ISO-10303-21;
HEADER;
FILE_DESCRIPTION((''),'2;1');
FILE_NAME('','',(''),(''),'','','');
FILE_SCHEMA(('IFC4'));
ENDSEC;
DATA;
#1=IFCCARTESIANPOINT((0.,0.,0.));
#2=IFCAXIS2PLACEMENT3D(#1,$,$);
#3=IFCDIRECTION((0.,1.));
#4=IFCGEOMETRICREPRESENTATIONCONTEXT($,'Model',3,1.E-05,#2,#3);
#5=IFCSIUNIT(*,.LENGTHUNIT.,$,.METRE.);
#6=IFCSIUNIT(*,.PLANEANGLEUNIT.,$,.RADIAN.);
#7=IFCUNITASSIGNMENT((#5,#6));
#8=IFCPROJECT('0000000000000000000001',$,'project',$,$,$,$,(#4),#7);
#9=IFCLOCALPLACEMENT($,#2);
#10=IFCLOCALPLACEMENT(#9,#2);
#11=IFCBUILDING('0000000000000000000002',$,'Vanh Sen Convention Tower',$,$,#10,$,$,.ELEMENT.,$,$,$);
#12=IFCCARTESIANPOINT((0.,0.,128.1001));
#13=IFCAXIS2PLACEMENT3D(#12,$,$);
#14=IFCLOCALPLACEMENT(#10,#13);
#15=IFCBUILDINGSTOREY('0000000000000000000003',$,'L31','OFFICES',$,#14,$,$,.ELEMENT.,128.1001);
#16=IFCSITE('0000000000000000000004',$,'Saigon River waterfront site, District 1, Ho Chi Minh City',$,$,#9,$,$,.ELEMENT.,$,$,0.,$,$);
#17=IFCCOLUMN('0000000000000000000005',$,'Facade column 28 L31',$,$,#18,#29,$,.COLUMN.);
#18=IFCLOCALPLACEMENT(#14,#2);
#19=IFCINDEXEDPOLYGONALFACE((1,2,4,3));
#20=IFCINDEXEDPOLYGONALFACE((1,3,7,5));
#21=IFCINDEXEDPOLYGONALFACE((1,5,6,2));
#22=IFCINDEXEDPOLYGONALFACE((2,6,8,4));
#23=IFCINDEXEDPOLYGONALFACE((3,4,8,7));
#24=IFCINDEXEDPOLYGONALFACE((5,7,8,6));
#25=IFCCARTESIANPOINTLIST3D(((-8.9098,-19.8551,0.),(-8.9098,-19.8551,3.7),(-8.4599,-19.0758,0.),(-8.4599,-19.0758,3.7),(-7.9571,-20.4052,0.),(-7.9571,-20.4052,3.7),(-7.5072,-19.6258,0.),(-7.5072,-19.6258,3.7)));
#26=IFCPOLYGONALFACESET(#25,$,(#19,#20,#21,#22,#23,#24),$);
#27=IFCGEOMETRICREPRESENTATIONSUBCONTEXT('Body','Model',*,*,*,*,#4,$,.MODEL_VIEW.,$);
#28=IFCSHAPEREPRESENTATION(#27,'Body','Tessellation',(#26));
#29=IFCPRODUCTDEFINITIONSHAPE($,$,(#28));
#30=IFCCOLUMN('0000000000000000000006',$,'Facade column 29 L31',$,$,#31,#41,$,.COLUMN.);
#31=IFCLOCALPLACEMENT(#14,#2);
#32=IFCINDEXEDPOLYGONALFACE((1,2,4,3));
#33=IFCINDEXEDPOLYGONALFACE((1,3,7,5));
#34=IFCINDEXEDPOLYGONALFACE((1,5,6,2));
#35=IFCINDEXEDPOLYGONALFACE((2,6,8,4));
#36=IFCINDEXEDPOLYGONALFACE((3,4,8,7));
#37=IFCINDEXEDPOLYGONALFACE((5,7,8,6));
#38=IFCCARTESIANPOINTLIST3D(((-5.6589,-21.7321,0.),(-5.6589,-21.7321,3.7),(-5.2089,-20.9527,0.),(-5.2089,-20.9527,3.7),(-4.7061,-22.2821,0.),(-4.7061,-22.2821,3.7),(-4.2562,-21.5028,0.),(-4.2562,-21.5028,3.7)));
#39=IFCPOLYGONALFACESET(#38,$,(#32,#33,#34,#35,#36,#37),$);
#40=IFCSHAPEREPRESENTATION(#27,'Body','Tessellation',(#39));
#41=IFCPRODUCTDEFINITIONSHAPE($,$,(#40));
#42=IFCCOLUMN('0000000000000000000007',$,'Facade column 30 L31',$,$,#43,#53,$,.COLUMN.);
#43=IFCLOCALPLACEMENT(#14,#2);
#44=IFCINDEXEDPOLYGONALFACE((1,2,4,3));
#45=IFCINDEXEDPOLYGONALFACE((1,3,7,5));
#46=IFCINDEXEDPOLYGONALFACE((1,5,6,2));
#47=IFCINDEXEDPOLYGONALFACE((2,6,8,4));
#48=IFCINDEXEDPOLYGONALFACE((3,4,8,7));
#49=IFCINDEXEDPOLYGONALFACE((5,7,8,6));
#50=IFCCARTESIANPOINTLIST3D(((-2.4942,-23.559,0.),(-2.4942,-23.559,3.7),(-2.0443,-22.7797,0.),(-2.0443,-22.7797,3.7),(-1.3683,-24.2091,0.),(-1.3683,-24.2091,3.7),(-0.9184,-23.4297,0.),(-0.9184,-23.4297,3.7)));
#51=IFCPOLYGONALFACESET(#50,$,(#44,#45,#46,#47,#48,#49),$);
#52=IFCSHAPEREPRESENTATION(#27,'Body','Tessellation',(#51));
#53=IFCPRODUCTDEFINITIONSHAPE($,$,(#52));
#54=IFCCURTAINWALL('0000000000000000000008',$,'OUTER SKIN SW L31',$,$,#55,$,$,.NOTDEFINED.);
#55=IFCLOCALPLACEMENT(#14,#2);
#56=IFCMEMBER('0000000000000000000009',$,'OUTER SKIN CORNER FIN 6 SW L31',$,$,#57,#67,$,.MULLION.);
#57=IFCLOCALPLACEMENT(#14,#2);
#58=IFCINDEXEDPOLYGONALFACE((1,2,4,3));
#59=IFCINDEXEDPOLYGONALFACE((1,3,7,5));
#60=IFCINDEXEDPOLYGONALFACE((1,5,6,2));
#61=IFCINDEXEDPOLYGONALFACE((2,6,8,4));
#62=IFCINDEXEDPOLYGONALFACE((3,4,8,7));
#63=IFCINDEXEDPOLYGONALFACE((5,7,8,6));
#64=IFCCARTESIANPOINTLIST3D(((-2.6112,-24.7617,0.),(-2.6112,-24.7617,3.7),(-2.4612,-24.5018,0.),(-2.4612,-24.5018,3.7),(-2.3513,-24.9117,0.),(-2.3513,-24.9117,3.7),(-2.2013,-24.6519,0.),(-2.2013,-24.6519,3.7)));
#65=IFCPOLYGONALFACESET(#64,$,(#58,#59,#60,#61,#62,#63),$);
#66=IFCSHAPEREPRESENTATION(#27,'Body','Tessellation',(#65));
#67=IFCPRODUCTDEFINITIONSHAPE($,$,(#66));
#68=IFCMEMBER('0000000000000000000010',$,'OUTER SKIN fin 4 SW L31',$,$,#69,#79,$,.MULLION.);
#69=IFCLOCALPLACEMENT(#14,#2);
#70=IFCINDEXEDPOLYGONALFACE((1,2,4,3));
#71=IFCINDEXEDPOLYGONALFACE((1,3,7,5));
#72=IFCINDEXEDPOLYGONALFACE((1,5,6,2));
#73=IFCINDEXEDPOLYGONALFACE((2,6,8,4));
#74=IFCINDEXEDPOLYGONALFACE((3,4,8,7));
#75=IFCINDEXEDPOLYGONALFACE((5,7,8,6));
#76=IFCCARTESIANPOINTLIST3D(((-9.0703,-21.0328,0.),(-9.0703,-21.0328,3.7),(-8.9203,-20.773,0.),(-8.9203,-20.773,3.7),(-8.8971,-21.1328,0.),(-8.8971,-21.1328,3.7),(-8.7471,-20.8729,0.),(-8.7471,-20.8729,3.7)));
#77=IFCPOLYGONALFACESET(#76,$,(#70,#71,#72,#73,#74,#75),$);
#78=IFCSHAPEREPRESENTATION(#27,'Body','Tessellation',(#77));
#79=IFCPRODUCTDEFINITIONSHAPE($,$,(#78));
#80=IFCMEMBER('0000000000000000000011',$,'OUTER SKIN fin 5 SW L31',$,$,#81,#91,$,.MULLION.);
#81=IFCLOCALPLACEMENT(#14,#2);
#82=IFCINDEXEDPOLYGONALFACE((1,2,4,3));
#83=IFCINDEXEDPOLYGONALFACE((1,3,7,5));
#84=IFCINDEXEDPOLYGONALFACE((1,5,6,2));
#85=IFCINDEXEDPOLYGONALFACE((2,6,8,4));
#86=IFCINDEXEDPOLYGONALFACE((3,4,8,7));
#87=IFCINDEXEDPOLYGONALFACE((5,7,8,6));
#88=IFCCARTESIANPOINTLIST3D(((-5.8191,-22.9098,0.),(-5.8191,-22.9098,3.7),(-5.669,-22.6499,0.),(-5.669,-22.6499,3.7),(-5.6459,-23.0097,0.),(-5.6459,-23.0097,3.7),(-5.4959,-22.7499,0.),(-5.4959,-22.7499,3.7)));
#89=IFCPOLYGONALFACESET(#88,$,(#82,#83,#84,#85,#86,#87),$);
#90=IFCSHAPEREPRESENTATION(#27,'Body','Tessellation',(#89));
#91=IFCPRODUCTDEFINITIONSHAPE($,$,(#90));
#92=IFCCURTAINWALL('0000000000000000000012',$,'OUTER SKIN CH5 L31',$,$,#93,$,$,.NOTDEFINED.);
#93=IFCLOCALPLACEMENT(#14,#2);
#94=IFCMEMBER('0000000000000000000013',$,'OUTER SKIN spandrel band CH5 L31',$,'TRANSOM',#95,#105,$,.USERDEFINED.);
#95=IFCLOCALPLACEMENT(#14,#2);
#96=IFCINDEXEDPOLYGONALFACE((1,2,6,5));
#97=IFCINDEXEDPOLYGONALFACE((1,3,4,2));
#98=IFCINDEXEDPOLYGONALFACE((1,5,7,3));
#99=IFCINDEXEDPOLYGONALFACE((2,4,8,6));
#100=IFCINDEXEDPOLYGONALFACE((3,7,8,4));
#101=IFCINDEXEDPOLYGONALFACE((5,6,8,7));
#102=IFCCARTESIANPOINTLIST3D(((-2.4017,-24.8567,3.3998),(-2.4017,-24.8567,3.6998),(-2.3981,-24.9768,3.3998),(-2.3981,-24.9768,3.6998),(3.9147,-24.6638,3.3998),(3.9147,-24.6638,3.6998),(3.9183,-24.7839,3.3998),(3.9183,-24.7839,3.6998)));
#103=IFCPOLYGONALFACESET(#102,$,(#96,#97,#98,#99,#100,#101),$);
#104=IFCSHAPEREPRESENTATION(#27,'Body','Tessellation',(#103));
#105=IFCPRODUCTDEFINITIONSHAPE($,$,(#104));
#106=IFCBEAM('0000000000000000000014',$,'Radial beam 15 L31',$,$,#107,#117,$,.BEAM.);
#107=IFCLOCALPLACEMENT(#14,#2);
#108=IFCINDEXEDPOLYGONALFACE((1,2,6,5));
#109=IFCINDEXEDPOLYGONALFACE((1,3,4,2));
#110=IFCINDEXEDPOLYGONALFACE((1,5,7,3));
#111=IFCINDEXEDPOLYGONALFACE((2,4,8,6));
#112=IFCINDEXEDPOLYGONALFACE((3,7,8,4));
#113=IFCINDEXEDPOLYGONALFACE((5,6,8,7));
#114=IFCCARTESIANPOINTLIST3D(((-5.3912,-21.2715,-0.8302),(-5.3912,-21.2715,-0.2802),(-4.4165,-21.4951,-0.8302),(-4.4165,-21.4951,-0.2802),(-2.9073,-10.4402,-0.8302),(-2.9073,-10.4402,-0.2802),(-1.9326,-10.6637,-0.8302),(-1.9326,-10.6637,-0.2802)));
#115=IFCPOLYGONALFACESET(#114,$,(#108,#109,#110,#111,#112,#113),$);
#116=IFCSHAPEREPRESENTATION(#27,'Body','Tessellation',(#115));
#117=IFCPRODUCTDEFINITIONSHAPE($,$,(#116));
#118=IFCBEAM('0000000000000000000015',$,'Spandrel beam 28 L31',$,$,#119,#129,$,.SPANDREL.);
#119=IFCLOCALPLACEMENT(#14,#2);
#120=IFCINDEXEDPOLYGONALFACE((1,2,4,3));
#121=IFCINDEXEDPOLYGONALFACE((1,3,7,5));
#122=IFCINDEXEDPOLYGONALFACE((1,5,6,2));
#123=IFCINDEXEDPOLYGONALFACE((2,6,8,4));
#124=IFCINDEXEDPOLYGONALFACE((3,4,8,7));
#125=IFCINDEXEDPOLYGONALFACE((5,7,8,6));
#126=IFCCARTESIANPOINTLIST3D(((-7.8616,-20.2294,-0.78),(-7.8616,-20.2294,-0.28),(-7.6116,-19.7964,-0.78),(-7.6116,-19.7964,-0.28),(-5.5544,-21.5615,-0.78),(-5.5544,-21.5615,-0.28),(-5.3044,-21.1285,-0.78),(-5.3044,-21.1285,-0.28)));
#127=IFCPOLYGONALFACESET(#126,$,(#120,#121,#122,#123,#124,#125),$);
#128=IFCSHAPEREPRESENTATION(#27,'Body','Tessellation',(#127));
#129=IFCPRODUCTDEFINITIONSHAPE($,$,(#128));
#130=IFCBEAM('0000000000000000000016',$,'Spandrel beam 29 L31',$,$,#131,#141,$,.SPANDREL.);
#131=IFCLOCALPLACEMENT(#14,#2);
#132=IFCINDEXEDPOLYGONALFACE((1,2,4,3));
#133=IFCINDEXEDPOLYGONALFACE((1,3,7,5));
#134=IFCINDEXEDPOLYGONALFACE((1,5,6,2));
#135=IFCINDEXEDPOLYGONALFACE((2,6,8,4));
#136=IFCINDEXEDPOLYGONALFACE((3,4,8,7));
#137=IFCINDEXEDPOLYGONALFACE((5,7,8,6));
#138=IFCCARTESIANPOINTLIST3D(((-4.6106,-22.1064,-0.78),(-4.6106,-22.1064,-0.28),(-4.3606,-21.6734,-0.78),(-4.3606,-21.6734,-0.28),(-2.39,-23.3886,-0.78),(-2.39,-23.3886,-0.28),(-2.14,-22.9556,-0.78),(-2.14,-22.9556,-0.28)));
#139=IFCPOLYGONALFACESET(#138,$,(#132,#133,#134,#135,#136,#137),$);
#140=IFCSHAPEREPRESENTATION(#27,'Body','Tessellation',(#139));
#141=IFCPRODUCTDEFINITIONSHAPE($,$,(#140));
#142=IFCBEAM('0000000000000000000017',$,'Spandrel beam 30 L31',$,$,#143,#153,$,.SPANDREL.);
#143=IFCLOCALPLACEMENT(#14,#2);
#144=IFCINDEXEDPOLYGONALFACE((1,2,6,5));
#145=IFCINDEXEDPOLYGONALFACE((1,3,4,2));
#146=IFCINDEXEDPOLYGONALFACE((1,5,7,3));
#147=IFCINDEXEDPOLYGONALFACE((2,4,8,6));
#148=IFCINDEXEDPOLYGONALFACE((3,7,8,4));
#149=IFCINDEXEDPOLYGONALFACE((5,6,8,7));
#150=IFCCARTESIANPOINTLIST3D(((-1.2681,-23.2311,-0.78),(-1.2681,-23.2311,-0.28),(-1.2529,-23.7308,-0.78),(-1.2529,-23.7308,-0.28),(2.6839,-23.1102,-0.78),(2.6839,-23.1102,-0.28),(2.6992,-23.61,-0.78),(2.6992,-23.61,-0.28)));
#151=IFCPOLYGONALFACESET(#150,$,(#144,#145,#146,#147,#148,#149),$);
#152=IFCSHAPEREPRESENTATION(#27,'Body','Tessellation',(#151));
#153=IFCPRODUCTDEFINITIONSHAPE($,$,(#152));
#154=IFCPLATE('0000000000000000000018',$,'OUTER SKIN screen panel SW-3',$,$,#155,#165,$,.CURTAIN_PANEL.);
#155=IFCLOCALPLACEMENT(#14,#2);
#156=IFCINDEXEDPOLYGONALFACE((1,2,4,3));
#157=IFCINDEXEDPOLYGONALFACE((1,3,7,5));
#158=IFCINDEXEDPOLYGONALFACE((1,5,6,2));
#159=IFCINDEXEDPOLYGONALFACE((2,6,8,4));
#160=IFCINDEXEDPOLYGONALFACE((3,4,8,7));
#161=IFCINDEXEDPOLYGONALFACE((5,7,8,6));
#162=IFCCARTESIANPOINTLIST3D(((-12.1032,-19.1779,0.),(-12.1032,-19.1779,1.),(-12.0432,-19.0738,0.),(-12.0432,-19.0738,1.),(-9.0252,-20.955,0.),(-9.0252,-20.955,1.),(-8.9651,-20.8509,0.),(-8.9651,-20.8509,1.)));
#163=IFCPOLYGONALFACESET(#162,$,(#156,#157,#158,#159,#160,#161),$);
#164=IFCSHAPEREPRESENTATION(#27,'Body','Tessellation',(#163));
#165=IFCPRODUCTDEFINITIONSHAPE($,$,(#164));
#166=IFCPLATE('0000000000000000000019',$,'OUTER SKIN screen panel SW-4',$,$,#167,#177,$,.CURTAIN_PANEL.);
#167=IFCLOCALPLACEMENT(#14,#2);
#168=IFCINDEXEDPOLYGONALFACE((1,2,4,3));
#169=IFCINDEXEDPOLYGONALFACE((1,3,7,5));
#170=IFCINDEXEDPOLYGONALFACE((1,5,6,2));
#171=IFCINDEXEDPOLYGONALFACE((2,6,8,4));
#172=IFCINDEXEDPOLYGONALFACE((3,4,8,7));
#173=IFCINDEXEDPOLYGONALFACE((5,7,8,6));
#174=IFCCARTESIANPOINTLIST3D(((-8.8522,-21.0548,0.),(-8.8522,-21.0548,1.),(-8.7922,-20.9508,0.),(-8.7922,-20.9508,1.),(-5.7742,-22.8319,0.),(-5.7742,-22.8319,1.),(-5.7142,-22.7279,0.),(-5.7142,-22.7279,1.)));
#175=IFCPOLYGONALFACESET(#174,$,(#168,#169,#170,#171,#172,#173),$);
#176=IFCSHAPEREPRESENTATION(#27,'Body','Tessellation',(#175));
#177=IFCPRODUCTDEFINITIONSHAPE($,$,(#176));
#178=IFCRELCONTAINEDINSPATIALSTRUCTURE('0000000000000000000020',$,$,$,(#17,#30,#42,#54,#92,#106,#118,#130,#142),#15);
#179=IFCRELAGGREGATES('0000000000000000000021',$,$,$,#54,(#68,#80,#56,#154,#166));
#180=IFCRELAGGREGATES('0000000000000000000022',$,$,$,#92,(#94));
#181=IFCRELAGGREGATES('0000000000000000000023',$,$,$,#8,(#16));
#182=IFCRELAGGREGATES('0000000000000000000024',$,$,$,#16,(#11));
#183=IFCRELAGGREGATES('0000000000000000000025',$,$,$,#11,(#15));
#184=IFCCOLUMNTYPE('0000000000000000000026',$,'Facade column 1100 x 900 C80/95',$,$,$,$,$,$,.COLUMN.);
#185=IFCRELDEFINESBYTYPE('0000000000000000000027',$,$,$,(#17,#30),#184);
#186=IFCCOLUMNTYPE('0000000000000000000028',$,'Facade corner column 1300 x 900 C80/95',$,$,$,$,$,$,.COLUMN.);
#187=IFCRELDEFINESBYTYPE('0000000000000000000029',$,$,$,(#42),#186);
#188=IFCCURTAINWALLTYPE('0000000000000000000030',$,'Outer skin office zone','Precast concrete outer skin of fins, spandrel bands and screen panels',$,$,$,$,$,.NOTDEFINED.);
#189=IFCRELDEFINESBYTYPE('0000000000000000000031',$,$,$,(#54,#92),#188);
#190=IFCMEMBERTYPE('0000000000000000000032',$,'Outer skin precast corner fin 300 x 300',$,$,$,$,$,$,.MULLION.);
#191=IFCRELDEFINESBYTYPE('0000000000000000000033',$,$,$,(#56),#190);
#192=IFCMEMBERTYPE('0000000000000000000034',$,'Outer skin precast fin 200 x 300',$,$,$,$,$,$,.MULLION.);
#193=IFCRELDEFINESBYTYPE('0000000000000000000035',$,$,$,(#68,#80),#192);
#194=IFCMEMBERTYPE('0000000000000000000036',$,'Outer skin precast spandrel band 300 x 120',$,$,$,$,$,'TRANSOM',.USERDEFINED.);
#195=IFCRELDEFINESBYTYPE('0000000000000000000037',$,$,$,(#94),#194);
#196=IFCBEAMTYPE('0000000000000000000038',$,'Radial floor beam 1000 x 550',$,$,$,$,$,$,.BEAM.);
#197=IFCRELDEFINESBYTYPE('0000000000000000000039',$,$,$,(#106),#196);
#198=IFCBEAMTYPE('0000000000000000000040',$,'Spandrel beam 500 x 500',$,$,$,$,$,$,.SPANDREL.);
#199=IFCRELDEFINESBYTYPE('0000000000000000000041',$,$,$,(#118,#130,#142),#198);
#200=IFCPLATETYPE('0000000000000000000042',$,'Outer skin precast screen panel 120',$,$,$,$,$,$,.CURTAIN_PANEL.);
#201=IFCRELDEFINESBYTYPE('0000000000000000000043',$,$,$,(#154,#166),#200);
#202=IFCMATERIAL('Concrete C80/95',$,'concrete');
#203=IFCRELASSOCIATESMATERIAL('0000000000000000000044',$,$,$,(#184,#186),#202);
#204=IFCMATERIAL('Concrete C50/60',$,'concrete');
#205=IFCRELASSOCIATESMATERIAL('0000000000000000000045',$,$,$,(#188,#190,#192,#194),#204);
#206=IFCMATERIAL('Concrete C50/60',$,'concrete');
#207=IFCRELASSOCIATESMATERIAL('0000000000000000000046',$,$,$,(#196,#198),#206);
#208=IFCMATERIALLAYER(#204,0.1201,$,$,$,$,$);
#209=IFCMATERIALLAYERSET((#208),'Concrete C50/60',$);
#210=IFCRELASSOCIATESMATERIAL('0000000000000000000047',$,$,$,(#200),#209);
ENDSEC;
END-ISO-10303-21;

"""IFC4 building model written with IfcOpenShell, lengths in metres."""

from ifc_helpers import new_model, si_unit, direction, frame, origin, origin_2d, place, context, subcontext, project, spatial, rectangle, extrude, material, layer, layer_set, material_profile, profile_set, type_object, element, aggregate, save


model = new_model("IFC4")

# Units and contexts
model_context = context("Model", 3, precision=1e-05, world=origin(), true_north=direction((0.0, 1.0)))
body_context = subcontext(model_context, "Body", "Model", "MODEL_VIEW")
ifc_project = project(units=[si_unit("LENGTHUNIT", "METRE"), si_unit("PLANEANGLEUNIT", "RADIAN")], contexts=[model_context])

# Site, building, storey
site_placement = place(None, origin())
site = spatial("IfcSite", under=ifc_project, at=site_placement, Name="Saigon River waterfront site, District 1, Ho Chi Minh City", CompositionType="ELEMENT", RefElevation=0.0)
building_placement = place(site_placement, origin())
building = spatial("IfcBuilding", under=site, at=building_placement, Name="Vanh Sen Convention Tower", CompositionType="ELEMENT")
storey_placement = place(building_placement, frame((0.0, 0.0, 128.1001)))
storey = spatial("IfcBuildingStorey", under=building, at=storey_placement, Name="L31", Description="OFFICES", CompositionType="ELEMENT", Elevation=128.1001)

# Columns
ifc_material_1 = material(Name="Concrete C80/95", Category="concrete")
ifc_material_profile_1 = material_profile(ifc_material_1, rectangle(XDim=1.1001, YDim=0.8999, at=origin_2d()), Name="RC 1100X900")
ifc_profile_set_1 = profile_set([ifc_material_profile_1], Name="Concrete C80/95")
column_type_1 = type_object("IfcColumnType", Name="Facade column 1100 x 900 C80/95", PredefinedType="COLUMN", material=ifc_profile_set_1)
for number, where, z_axis, x_axis, name in (
    (1, (-8.2085, -19.7405, 0.0), (0.0, 0.0, 1.0), (0.866025, -0.5, 0.0), "Facade column 28 L31"),
    (2, (-4.9575, -21.6174, 0.0), (0.0, 0.0, 1.0), (0.866025, -0.5, 0.0), "Facade column 29 L31"),
):
    element("IfcColumn", number, at=place(storey_placement, frame(where, z_axis=z_axis, x_axis=x_axis)), inside=storey, type_object=column_type_1, Name=name, PredefinedType="COLUMN", context=body_context, shape_type="SweptSolid", body=[
        extrude(rectangle(XDim=1.1001, YDim=0.8999, at=origin_2d()), origin(), (0.0, 0.0, 1.0), 3.7),
    ])
ifc_material_profile_2 = material_profile(ifc_material_1, rectangle(XDim=1.3, YDim=0.8999, at=origin_2d()), Name="RC 1300X900")
ifc_profile_set_2 = profile_set([ifc_material_profile_2], Name="Concrete C80/95")
column_type_2 = type_object("IfcColumnType", Name="Facade corner column 1300 x 900 C80/95", PredefinedType="COLUMN", material=ifc_profile_set_2)
column_placement = place(storey_placement, frame((-1.7063, -23.4944, 0.0), z_axis=(0.0, 0.0, 1.0), x_axis=(0.866025, -0.5, 0.0)))
element("IfcColumn", 3, at=column_placement, inside=storey, type_object=column_type_2, Name="Facade column 30 L31", PredefinedType="COLUMN", context=body_context, shape_type="SweptSolid", body=[
    extrude(rectangle(XDim=1.3, YDim=0.8999, at=origin_2d()), origin(), (0.0, 0.0, 1.0), 3.7),
])

# Curtain wall, members
ifc_material_2 = material(Name="Concrete C50/60", Category="concrete")
curtain_wall_type = type_object("IfcCurtainWallType", Name="Outer skin office zone", Description="Precast concrete outer skin of fins, spandrel bands and screen panels", PredefinedType="NOTDEFINED", material=ifc_material_2)
curtain_wall_1_placement = place(storey_placement, origin())
curtain_wall_1 = element("IfcCurtainWall", 4, at=curtain_wall_1_placement, inside=storey, type_object=curtain_wall_type, Name="OUTER SKIN SW L31", PredefinedType="NOTDEFINED")
ifc_material_profile_3 = material_profile(ifc_material_2, rectangle(XDim=0.3, YDim=0.3, at=origin_2d()), Name="Outer skin precast corner fin 300 x 300")
ifc_profile_set_3 = profile_set([ifc_material_profile_3], Name="Concrete C50/60")
member_type_1 = type_object("IfcMemberType", Name="Outer skin precast corner fin 300 x 300", PredefinedType="MULLION", material=ifc_profile_set_3)
member_1_placement = place(storey_placement, frame((-2.4062, -24.7068, 0.0), z_axis=(0.0, 0.0, 1.0), x_axis=(0.866025, -0.5, 0.0)))
member_1 = element("IfcMember", 5, at=member_1_placement, type_object=member_type_1, Name="OUTER SKIN CORNER FIN 6 SW L31", PredefinedType="MULLION", context=body_context, shape_type="SweptSolid", body=[
    extrude(rectangle(XDim=0.3, YDim=0.3, at=origin_2d()), origin(), (0.0, 0.0, 1.0), 3.7),
])
ifc_material_profile_4 = material_profile(ifc_material_2, rectangle(XDim=0.2, YDim=0.3, at=origin_2d()), Name="Outer skin precast fin 200 x 300")
ifc_profile_set_4 = profile_set([ifc_material_profile_4], Name="Concrete C50/60")
member_type_2 = type_object("IfcMemberType", Name="Outer skin precast fin 200 x 300", PredefinedType="MULLION", material=ifc_profile_set_4)
member_2_placement = place(storey_placement, frame((-8.9087, -20.9529, 0.0), z_axis=(0.0, 0.0, 1.0), x_axis=(0.866025, -0.5, 0.0)))
member_2 = element("IfcMember", 6, at=member_2_placement, type_object=member_type_2, Name="OUTER SKIN fin 4 SW L31", PredefinedType="MULLION", context=body_context, shape_type="SweptSolid", body=[
    extrude(rectangle(XDim=0.2, YDim=0.3, at=origin_2d()), origin(), (0.0, 0.0, 1.0), 3.7),
])
member_3_placement = place(storey_placement, frame((-5.6575, -22.8298, 0.0), z_axis=(0.0, 0.0, 1.0), x_axis=(0.866025, -0.5, 0.0)))
member_3 = element("IfcMember", 7, at=member_3_placement, type_object=member_type_2, Name="OUTER SKIN fin 5 SW L31", PredefinedType="MULLION", context=body_context, shape_type="SweptSolid", body=[
    extrude(rectangle(XDim=0.2, YDim=0.3, at=origin_2d()), origin(), (0.0, 0.0, 1.0), 3.7),
])

# Curtain wall, member
curtain_wall_2_placement = place(storey_placement, origin())
curtain_wall_2 = element("IfcCurtainWall", 8, at=curtain_wall_2_placement, inside=storey, type_object=curtain_wall_type, Name="OUTER SKIN CH5 L31", PredefinedType="NOTDEFINED")
ifc_material_profile_5 = material_profile(ifc_material_2, rectangle(XDim=0.1201, YDim=0.3, at=origin_2d()), Name="Outer skin precast spandrel band 300 x 120")
ifc_profile_set_5 = profile_set([ifc_material_profile_5], Name="Concrete C50/60")
member_type_3 = type_object("IfcMemberType", Name="Outer skin precast spandrel band 300 x 120", ElementType="TRANSOM", PredefinedType="USERDEFINED", material=ifc_profile_set_5)
member_4_placement = place(storey_placement, frame((-2.3999, -24.9167, 3.5498), z_axis=(0.999534, 0.030521, 0.0), x_axis=(-0.030521, 0.999534, 0.0)))
member_4 = element("IfcMember", 9, at=member_4_placement, type_object=member_type_3, Name="OUTER SKIN spandrel band CH5 L31", ObjectType="TRANSOM", PredefinedType="USERDEFINED", context=body_context, shape_type="SweptSolid", body=[
    extrude(rectangle(XDim=0.1201, YDim=0.3, at=origin_2d()), origin(), (0.0, 0.0, 1.0), 6.3193),
])

# Beams
ifc_material_3 = material(Name="Concrete C50/60", Category="concrete")
ifc_material_profile_6 = material_profile(ifc_material_3, rectangle(XDim=1.0, YDim=0.55, at=origin_2d()), Name="RC 1000X550")
ifc_profile_set_6 = profile_set([ifc_material_profile_6], Name="Concrete C50/60")
beam_type_1 = type_object("IfcBeamType", Name="Radial floor beam 1000 x 550", PredefinedType="BEAM", material=ifc_profile_set_6)
beam_1_placement = place(storey_placement, frame((-4.9038, -21.3833, -0.5552), z_axis=(0.223523, 0.974699, 0.0), x_axis=(-0.974699, 0.223523, 0.0)))
element("IfcBeam", 10, at=beam_1_placement, inside=storey, type_object=beam_type_1, Name="Radial beam 15 L31", PredefinedType="BEAM", context=body_context, shape_type="SweptSolid", body=[
    extrude(rectangle(XDim=1.0, YDim=0.55, at=origin_2d()), origin(), (0.0, 0.0, 1.0), 11.1125),
])
ifc_material_profile_7 = material_profile(ifc_material_3, rectangle(XDim=0.5, YDim=0.5, at=origin_2d()), Name="RC 500X500")
ifc_profile_set_7 = profile_set([ifc_material_profile_7], Name="Concrete C50/60")
beam_type_2 = type_object("IfcBeamType", Name="Spandrel beam 500 x 500", PredefinedType="SPANDREL", material=ifc_profile_set_7)
beam_2_placement = place(storey_placement, frame((-7.7366, -20.0129, -0.53), z_axis=(0.866024, -0.500003, 0.0), x_axis=(0.500003, 0.866024, 0.0)))
element("IfcBeam", 11, at=beam_2_placement, inside=storey, type_object=beam_type_2, Name="Spandrel beam 28 L31", PredefinedType="SPANDREL", context=body_context, shape_type="SweptSolid", body=[
    extrude(rectangle(XDim=0.5, YDim=0.5, at=origin_2d()), origin(), (0.0, 0.0, 1.0), 2.6641),
])
beam_3_placement = place(storey_placement, frame((-4.4856, -21.8899, -0.53), z_axis=(0.866008, -0.50003, 0.0), x_axis=(0.50003, 0.866008, 0.0)))
element("IfcBeam", 12, at=beam_3_placement, inside=storey, type_object=beam_type_2, Name="Spandrel beam 29 L31", PredefinedType="SPANDREL", context=body_context, shape_type="SweptSolid", body=[
    extrude(rectangle(XDim=0.5, YDim=0.5, at=origin_2d()), origin(), (0.0, 0.0, 1.0), 2.5642),
])
beam_4_placement = place(storey_placement, frame((-1.2605, -23.481, -0.53), z_axis=(0.999533, 0.030566, 0.0), x_axis=(-0.030566, 0.999533, 0.0)))
element("IfcBeam", 13, at=beam_4_placement, inside=storey, type_object=beam_type_2, Name="Spandrel beam 30 L31", PredefinedType="SPANDREL", context=body_context, shape_type="SweptSolid", body=[
    extrude(rectangle(XDim=0.5, YDim=0.5, at=origin_2d()), origin(), (0.0, 0.0, 1.0), 3.9539),
])

# Plates
ifc_layer_1 = layer(ifc_material_2, 0.1201)
ifc_layer_set_1 = layer_set([ifc_layer_1], Name="Concrete C50/60")
plate_type = type_object("IfcPlateType", Name="Outer skin precast screen panel 120", PredefinedType="CURTAIN_PANEL", material=ifc_layer_set_1)
plate_1_placement = place(storey_placement, frame((-10.5342, -20.0144, 0.0), z_axis=(0.0, 0.0, 1.0), x_axis=(0.866024, -0.500003, 0.0)))
plate_1 = element("IfcPlate", 14, at=plate_1_placement, type_object=plate_type, Name="OUTER SKIN screen panel SW-3", PredefinedType="CURTAIN_PANEL", context=body_context, shape_type="SweptSolid", body=[
    extrude(rectangle(XDim=3.5542, YDim=0.1201, at=origin_2d()), origin(), (0.0, 0.0, 1.0), 1.0),
])
plate_2_placement = place(storey_placement, frame((-7.2832, -21.8914, 0.0), z_axis=(0.0, 0.0, 1.0), x_axis=(0.866017, -0.500015, 0.0)))
plate_2 = element("IfcPlate", 15, at=plate_2_placement, type_object=plate_type, Name="OUTER SKIN screen panel SW-4", PredefinedType="CURTAIN_PANEL", context=body_context, shape_type="SweptSolid", body=[
    extrude(rectangle(XDim=3.5542, YDim=0.1201, at=origin_2d()), origin(), (0.0, 0.0, 1.0), 1.0),
])
aggregate(curtain_wall_1, [member_2, member_3, member_1, plate_1, plate_2])
aggregate(curtain_wall_2, [member_4])

save(model, "model.ifc")
